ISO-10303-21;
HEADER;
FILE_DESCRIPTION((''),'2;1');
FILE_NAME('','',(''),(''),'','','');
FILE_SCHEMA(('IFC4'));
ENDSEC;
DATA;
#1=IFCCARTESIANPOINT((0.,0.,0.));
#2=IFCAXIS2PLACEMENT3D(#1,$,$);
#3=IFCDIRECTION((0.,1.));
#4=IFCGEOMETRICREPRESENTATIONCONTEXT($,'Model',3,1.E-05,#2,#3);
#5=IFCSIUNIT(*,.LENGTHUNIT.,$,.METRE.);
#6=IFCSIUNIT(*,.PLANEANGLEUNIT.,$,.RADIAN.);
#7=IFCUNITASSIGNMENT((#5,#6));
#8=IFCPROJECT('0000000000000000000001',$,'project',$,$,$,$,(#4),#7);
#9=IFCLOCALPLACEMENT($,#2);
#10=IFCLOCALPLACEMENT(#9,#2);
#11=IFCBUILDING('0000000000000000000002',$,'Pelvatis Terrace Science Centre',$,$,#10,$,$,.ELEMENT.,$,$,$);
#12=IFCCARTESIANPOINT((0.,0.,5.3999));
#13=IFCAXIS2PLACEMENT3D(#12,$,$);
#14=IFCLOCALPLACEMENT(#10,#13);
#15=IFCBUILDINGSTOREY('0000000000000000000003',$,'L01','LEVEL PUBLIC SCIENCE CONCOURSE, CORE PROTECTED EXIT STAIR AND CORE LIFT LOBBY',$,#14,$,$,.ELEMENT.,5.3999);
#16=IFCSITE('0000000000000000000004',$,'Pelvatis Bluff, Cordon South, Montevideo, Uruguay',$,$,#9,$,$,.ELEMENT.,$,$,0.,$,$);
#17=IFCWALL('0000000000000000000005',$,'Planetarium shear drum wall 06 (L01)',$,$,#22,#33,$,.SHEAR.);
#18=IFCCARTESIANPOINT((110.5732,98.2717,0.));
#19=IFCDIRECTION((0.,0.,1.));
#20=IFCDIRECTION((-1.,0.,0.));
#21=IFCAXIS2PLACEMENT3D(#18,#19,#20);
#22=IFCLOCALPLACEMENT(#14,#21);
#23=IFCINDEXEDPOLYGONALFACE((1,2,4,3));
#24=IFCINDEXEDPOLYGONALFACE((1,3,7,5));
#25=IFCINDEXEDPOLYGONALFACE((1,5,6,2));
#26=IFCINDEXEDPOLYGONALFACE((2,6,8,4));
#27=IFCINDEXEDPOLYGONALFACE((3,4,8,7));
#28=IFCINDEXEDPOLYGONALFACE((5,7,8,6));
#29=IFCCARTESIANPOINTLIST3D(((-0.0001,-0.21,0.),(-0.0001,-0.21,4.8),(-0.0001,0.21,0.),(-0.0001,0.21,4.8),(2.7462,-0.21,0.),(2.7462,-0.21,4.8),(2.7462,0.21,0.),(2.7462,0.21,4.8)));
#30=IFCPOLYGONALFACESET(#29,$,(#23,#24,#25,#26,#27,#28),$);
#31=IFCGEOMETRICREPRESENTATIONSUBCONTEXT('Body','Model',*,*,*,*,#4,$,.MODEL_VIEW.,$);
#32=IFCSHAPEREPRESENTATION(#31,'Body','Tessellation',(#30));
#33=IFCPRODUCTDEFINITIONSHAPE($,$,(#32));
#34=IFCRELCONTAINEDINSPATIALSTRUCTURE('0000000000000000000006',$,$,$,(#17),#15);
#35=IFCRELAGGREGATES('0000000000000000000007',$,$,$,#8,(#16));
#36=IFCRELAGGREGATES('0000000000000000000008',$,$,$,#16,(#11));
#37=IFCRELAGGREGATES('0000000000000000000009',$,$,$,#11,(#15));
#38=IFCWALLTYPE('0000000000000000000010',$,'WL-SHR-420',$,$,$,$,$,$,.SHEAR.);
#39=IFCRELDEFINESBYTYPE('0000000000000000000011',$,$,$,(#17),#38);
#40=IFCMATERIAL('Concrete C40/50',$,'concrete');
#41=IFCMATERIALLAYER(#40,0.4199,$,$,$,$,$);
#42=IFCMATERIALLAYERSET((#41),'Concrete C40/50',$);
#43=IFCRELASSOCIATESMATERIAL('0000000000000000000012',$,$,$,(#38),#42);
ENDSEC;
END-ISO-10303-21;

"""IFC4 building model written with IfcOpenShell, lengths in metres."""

from ifc_helpers import new_model, si_unit, direction, frame, frame_2d, origin, place, context, subcontext, project, spatial, rectangle, extrude, material, layer, layer_set, type_object, element, save


model = new_model("IFC4")

# Units and contexts
model_context = context("Model", 3, precision=1e-05, world=origin(), true_north=direction((0.0, 1.0)))
body_context = subcontext(model_context, "Body", "Model", "MODEL_VIEW")
ifc_project = project(units=[si_unit("LENGTHUNIT", "METRE"), si_unit("PLANEANGLEUNIT", "RADIAN")], contexts=[model_context])

# Site, building, storey
site_placement = place(None, origin())
site = spatial("IfcSite", under=ifc_project, at=site_placement, Name="Pelvatis Bluff, Cordon South, Montevideo, Uruguay", CompositionType="ELEMENT", RefElevation=0.0)
building_placement = place(site_placement, origin())
building = spatial("IfcBuilding", under=site, at=building_placement, Name="Pelvatis Terrace Science Centre", CompositionType="ELEMENT")
storey_placement = place(building_placement, frame((0.0, 0.0, 5.3999)))
storey = spatial("IfcBuildingStorey", under=building, at=storey_placement, Name="L01", Description="LEVEL PUBLIC SCIENCE CONCOURSE, CORE PROTECTED EXIT STAIR AND CORE LIFT LOBBY", CompositionType="ELEMENT", Elevation=5.3999)

# Wall
ifc_material_1 = material(Name="Concrete C40/50", Category="concrete")
ifc_layer = layer(ifc_material_1, 0.4199)
ifc_layer_set = layer_set([ifc_layer], Name="Concrete C40/50")
wall_type = type_object("IfcWallType", Name="WL-SHR-420", PredefinedType="SHEAR", material=ifc_layer_set)
for number, where, z_axis, x_axis, name in (
    (1, (110.5732, 98.2717, 0.0), (0.0, 0.0, 1.0), (-1.0, 0.0, 0.0), "Planetarium shear drum wall 06 (L01)"),
):
    element("IfcWall", number, at=place(storey_placement, frame(where, z_axis=z_axis, x_axis=x_axis)), inside=storey, type_object=wall_type, Name=name, PredefinedType="SHEAR", context=body_context, shape_type="SweptSolid", body=[
        extrude(rectangle(XDim=2.7463, YDim=0.4199, at=frame_2d((1.373, 0.0))), origin(), (0.0, 0.0, 1.0), 4.8),
    ])

save(model, "model.ifc")
